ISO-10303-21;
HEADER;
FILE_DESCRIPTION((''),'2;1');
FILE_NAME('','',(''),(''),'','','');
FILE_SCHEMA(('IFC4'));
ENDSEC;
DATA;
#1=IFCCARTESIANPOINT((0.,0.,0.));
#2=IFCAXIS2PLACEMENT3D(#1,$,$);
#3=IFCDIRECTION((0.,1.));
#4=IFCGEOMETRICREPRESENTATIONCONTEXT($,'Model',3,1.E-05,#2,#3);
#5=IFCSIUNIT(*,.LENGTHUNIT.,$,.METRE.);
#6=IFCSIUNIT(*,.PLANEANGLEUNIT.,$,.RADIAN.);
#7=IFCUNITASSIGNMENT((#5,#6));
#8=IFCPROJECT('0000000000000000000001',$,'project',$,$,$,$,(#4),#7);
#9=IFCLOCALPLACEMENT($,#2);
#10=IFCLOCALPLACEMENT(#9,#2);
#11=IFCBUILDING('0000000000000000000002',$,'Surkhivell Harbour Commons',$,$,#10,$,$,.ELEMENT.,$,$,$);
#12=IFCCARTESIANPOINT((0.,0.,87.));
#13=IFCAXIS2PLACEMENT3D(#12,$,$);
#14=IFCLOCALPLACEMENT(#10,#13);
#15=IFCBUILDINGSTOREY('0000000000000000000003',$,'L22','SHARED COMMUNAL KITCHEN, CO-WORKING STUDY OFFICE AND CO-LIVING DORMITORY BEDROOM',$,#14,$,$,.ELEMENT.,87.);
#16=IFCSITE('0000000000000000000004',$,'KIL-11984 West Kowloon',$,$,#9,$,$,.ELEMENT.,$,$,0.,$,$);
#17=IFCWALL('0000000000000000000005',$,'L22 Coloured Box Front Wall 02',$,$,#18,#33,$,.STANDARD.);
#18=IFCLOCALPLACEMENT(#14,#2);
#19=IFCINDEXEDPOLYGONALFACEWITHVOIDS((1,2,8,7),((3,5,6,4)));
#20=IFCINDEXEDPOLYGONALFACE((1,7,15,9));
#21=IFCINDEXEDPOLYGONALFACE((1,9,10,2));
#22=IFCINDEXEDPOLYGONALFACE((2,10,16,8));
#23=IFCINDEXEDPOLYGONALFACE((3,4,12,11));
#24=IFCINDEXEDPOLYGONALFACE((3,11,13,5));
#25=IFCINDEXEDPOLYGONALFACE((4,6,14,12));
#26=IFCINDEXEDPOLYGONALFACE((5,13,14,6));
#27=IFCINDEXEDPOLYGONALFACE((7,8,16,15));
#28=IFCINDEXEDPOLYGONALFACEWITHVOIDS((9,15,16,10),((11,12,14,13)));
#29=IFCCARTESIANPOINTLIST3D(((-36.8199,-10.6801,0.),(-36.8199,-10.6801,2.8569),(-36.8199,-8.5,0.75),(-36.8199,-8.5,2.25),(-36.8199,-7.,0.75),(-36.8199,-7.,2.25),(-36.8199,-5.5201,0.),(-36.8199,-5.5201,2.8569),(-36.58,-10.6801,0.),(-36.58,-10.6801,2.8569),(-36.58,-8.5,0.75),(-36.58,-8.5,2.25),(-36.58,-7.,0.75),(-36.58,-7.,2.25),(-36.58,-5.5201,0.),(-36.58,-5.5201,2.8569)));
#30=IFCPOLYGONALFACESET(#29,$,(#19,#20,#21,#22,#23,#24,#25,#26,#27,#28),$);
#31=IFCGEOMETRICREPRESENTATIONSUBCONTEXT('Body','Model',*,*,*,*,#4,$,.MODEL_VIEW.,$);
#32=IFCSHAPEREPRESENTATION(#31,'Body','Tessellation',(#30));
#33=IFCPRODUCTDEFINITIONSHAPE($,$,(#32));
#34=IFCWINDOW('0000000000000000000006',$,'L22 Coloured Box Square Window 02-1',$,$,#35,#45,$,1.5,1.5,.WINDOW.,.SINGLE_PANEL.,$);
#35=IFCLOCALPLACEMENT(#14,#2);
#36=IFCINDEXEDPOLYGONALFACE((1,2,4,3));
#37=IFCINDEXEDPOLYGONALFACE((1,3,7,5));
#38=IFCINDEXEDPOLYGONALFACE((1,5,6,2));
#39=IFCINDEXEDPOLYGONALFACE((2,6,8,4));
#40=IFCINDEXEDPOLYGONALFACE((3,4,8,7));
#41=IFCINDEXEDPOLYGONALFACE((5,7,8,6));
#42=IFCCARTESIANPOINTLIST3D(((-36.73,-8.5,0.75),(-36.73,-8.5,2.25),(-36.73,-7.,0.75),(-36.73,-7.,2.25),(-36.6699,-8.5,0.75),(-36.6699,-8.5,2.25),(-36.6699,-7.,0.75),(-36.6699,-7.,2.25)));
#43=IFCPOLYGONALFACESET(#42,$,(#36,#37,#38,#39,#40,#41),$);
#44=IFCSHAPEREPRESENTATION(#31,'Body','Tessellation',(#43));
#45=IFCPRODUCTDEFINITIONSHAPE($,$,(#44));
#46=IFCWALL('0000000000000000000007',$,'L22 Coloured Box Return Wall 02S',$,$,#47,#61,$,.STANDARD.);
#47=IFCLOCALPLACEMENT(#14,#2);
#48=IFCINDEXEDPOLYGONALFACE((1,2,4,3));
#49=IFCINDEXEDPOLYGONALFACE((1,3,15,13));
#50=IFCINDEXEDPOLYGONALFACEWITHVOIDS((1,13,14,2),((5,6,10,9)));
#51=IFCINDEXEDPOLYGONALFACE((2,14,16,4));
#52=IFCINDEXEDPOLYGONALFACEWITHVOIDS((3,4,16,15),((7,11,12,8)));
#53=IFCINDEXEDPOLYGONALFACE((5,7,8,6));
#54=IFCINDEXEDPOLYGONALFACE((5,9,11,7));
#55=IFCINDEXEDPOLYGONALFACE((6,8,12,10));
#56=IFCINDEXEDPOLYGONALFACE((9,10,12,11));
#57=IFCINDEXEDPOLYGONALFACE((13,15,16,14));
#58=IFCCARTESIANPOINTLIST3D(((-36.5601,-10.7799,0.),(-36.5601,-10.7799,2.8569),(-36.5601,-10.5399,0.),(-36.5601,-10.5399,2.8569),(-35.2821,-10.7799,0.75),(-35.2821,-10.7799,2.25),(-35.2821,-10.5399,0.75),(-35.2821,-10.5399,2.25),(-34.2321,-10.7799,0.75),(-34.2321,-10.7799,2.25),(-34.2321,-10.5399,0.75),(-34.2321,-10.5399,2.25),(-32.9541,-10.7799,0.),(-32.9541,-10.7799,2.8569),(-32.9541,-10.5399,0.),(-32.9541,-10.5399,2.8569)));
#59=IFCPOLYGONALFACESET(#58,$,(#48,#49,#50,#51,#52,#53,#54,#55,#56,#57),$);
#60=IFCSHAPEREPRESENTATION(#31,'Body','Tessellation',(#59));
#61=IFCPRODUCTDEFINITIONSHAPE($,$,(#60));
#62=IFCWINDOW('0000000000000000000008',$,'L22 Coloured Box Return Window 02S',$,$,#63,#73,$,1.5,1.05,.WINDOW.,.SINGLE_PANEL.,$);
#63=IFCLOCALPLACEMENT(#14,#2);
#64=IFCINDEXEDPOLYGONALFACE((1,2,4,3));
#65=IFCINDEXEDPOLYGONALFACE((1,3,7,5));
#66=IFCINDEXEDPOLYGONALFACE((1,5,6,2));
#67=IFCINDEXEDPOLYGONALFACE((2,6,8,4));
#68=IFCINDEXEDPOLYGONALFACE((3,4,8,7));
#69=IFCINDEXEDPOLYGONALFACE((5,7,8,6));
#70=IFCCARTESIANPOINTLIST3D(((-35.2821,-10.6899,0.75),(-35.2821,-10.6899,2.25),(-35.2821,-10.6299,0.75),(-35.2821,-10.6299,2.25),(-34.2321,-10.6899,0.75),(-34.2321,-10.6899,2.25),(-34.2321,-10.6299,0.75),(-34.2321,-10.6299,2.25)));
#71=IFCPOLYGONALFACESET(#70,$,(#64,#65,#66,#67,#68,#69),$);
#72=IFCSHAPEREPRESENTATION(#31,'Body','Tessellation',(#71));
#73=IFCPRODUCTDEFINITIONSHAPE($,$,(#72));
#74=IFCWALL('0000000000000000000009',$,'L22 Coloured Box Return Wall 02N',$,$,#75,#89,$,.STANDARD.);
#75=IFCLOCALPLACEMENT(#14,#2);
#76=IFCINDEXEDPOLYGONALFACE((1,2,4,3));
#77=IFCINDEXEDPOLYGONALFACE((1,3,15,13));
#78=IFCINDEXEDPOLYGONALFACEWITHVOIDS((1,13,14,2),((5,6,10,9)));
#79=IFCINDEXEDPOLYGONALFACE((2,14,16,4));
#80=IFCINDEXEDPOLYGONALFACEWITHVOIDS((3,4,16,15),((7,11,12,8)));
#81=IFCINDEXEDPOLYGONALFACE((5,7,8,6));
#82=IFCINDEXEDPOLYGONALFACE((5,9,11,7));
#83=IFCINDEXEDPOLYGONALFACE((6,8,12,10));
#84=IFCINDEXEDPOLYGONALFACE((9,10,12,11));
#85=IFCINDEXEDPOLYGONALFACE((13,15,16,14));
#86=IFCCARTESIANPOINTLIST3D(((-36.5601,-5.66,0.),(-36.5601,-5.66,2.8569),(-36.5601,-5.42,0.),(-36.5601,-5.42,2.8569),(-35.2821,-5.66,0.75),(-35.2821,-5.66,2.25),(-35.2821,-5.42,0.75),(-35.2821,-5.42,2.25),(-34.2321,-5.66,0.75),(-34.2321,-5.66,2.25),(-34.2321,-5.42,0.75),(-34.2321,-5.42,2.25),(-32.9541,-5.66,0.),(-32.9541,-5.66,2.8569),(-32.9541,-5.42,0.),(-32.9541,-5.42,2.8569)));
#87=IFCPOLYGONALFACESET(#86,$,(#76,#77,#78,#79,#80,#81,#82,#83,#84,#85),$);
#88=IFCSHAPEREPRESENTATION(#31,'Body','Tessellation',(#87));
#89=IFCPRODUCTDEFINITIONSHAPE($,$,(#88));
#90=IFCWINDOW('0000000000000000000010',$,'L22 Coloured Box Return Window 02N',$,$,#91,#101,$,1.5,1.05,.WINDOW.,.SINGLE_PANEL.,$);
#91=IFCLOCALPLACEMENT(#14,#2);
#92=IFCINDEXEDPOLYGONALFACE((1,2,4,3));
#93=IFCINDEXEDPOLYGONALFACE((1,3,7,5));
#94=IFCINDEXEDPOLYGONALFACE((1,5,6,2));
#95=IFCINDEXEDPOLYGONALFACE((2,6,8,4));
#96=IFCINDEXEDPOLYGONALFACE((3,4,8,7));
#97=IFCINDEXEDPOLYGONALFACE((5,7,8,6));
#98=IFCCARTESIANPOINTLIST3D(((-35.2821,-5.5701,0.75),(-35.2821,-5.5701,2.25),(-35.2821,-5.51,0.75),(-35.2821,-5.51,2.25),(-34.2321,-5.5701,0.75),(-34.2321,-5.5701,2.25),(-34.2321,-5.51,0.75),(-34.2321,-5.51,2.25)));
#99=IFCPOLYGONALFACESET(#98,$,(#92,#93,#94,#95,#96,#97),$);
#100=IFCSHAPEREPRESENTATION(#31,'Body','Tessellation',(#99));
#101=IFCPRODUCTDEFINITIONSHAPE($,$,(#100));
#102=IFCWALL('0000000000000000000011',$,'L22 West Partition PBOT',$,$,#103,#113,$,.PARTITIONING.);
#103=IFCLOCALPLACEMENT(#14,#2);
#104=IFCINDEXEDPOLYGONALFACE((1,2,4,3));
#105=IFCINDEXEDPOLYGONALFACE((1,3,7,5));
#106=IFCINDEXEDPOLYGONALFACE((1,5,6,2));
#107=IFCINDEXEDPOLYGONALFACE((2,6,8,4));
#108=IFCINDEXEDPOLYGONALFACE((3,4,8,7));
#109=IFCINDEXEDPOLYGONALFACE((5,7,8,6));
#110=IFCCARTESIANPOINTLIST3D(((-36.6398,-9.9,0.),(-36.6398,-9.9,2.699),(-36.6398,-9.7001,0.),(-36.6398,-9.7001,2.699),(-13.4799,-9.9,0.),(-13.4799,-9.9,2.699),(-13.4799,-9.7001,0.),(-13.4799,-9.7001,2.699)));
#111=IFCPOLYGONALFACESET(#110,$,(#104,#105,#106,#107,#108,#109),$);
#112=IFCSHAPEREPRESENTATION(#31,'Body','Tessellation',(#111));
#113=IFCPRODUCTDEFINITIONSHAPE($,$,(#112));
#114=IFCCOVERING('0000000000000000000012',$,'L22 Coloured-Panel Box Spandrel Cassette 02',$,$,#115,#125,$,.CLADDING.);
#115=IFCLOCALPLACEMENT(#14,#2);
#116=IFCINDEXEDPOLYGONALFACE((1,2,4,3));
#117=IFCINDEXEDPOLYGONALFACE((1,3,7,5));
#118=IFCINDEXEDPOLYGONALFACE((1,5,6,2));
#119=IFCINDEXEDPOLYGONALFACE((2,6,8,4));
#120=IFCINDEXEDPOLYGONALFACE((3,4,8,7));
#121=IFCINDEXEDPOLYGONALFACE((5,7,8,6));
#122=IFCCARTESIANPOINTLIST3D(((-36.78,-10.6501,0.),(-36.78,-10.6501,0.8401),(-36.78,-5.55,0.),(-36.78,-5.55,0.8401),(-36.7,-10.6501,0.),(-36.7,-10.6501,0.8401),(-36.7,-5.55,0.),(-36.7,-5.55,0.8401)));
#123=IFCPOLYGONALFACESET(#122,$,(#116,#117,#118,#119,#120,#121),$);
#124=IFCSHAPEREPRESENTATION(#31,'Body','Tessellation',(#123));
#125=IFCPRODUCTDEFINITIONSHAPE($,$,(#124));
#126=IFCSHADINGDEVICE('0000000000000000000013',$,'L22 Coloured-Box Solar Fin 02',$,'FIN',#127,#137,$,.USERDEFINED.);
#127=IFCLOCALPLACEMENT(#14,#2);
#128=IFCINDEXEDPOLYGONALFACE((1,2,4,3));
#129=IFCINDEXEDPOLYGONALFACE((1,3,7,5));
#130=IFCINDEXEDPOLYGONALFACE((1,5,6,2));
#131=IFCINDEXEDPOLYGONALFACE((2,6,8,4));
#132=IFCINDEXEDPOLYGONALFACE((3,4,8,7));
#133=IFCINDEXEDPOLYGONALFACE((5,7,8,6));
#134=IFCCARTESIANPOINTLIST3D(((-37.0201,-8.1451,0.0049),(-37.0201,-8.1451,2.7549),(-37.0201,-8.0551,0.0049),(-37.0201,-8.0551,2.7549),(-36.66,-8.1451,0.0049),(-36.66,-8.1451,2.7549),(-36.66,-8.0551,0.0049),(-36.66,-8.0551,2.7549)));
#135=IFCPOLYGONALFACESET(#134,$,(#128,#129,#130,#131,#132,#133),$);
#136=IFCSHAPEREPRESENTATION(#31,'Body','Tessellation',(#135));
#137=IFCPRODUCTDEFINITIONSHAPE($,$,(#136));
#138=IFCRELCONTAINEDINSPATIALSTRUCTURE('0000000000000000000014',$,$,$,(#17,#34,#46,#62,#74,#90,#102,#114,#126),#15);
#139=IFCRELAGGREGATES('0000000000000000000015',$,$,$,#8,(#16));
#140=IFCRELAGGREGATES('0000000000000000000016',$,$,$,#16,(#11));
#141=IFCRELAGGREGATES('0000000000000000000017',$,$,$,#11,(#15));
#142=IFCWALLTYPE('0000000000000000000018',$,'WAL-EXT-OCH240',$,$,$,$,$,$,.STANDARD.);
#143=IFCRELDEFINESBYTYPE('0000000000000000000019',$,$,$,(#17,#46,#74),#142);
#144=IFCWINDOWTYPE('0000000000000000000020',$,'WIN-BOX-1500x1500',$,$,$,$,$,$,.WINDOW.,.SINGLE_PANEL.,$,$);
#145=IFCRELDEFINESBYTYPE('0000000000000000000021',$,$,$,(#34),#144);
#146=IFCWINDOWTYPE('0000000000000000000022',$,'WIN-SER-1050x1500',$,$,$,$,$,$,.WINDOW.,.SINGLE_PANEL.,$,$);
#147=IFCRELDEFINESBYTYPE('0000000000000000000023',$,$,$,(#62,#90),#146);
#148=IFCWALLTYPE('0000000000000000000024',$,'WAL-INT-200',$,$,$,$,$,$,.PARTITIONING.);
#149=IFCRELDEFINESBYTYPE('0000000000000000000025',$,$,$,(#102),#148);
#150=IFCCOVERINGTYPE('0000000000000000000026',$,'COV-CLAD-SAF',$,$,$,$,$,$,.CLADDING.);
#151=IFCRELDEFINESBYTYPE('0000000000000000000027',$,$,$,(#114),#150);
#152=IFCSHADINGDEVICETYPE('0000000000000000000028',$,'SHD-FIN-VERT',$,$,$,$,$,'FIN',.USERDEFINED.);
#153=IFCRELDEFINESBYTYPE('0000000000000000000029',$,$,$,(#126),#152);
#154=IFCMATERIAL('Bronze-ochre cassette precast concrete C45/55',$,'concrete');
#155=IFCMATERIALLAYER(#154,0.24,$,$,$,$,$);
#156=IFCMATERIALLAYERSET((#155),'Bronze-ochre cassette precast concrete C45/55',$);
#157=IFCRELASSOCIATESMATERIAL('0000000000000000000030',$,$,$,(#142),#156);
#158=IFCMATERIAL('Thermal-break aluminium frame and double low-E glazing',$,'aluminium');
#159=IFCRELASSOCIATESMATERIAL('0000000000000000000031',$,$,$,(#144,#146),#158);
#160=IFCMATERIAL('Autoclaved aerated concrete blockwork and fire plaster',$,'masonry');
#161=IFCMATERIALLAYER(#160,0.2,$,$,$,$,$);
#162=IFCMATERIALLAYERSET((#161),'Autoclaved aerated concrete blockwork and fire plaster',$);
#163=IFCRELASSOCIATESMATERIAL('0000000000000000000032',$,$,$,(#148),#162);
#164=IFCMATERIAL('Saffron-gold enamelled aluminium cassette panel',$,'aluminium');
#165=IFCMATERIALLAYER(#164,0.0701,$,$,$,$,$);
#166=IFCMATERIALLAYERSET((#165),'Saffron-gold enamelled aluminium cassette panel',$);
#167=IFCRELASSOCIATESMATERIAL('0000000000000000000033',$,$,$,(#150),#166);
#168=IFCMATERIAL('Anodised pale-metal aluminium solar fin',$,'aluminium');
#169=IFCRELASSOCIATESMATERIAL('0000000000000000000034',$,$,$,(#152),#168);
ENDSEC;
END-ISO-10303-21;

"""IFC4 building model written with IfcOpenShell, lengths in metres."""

from ifc_helpers import new_model, si_unit, direction, frame, frame_2d, origin, origin_2d, place, context, subcontext, project, spatial, rectangle, extrude, material, layer, layer_set, type_object, element, fill, save


model = new_model("IFC4")

# Units and contexts
model_context = context("Model", 3, precision=1e-05, world=origin(), true_north=direction((0.0, 1.0)))
body_context = subcontext(model_context, "Body", "Model", "MODEL_VIEW")
ifc_project = project(units=[si_unit("LENGTHUNIT", "METRE"), si_unit("PLANEANGLEUNIT", "RADIAN")], contexts=[model_context])

# Site, building, storey
site_placement = place(None, origin())
site = spatial("IfcSite", under=ifc_project, at=site_placement, Name="KIL-11984 West Kowloon", CompositionType="ELEMENT", RefElevation=0.0)
building_placement = place(site_placement, origin())
building = spatial("IfcBuilding", under=site, at=building_placement, Name="Surkhivell Harbour Commons", CompositionType="ELEMENT")
storey_placement = place(building_placement, frame((0.0, 0.0, 87.0)))
storey = spatial("IfcBuildingStorey", under=building, at=storey_placement, Name="L22", Description="SHARED COMMUNAL KITCHEN, CO-WORKING STUDY OFFICE AND CO-LIVING DORMITORY BEDROOM", CompositionType="ELEMENT", Elevation=87.0)

# Walls, openings, windows
ifc_material_1 = material(Name="Bronze-ochre cassette precast concrete C45/55", Category="concrete")
ifc_layer_1 = layer(ifc_material_1, 0.24)
ifc_layer_set_1 = layer_set([ifc_layer_1], Name="Bronze-ochre cassette precast concrete C45/55")
wall_type_1 = type_object("IfcWallType", Name="WAL-EXT-OCH240", PredefinedType="STANDARD", material=ifc_layer_set_1)
wall_1_placement = place(storey_placement, frame((-36.7, -5.52, 0.0), z_axis=(0.0, 0.0, 1.0), x_axis=(0.0, -1.0, 0.0)))
wall_1 = element("IfcWall", 1, at=wall_1_placement, inside=storey, type_object=wall_type_1, Name="L22 Coloured Box Front Wall 02", PredefinedType="STANDARD", context=body_context, shape_type="SweptSolid", body=[
    extrude(rectangle(XDim=5.1599, YDim=0.24, at=frame_2d((2.5801, 0.0))), origin(), (0.0, 0.0, 1.0), 2.8569),
])
opening_1_placement = place(wall_1_placement, frame((1.48, 0.0, 0.75)))
opening_1 = element("IfcOpeningElement", 2, at=opening_1_placement, cuts=wall_1, PredefinedType="OPENING", context=body_context, shape_type="SweptSolid", body=[
    extrude(rectangle(XDim=1.5, YDim=1.5, at=frame_2d((0.75, 0.75))), frame((0.0, 0.1299, 0.0), z_axis=(0.0, -1.0, 0.0), x_axis=(1.0, 0.0, 0.0)), (0.0, 0.0, 1.0), 0.26),
])
ifc_material_2 = material(Name="Thermal-break aluminium frame and double low-E glazing", Category="aluminium")
window_type_1 = type_object("IfcWindowType", Name="WIN-BOX-1500x1500", PartitioningType="SINGLE_PANEL", PredefinedType="WINDOW", material=ifc_material_2)
window_1_placement = place(opening_1_placement, origin())
window_1 = element("IfcWindow", 3, at=window_1_placement, inside=storey, type_object=window_type_1, Name="L22 Coloured Box Square Window 02-1", OverallHeight=1.5, OverallWidth=1.5, PartitioningType="SINGLE_PANEL", PredefinedType="WINDOW", context=body_context, shape_type="SweptSolid", body=[
    extrude(rectangle(XDim=1.5, YDim=1.5, at=frame_2d((0.75, 0.75))), frame((0.0, 0.03, 0.0), z_axis=(0.0, -1.0, 0.0), x_axis=(1.0, 0.0, 0.0)), (0.0, 0.0, 1.0), 0.0601),
])
fill(opening_1, window_1)
wall_2_placement = place(storey_placement, frame((-36.5601, -10.6599, 0.0), z_axis=(0.0, 0.0, 1.0), x_axis=(1.0, 0.0, 0.0)))
wall_2 = element("IfcWall", 4, at=wall_2_placement, inside=storey, type_object=wall_type_1, Name="L22 Coloured Box Return Wall 02S", PredefinedType="STANDARD", context=body_context, shape_type="SweptSolid", body=[
    extrude(rectangle(XDim=3.606, YDim=0.24, at=frame_2d((1.803, 0.0))), origin(), (0.0, 0.0, 1.0), 2.8569),
])
opening_2_placement = place(wall_2_placement, frame((1.2781, 0.0, 0.75)))
opening_2 = element("IfcOpeningElement", 5, at=opening_2_placement, cuts=wall_2, PredefinedType="OPENING", context=body_context, shape_type="SweptSolid", body=[
    extrude(rectangle(XDim=1.05, YDim=1.5, at=frame_2d((0.5249, 0.75))), frame((0.0, 0.1299, 0.0), z_axis=(0.0, -1.0, 0.0), x_axis=(1.0, 0.0, 0.0)), (0.0, 0.0, 1.0), 0.26),
])
window_type_2 = type_object("IfcWindowType", Name="WIN-SER-1050x1500", PartitioningType="SINGLE_PANEL", PredefinedType="WINDOW", material=ifc_material_2)
window_2_placement = place(opening_2_placement, origin())
window_2 = element("IfcWindow", 6, at=window_2_placement, inside=storey, type_object=window_type_2, Name="L22 Coloured Box Return Window 02S", OverallHeight=1.5, OverallWidth=1.05, PartitioningType="SINGLE_PANEL", PredefinedType="WINDOW", context=body_context, shape_type="SweptSolid", body=[
    extrude(rectangle(XDim=1.05, YDim=1.5, at=frame_2d((0.5249, 0.75))), frame((0.0, 0.03, 0.0), z_axis=(0.0, -1.0, 0.0), x_axis=(1.0, 0.0, 0.0)), (0.0, 0.0, 1.0), 0.0601),
])
fill(opening_2, window_2)
wall_3_placement = place(storey_placement, frame((-36.5601, -5.54, 0.0), z_axis=(0.0, 0.0, 1.0), x_axis=(1.0, 0.0, 0.0)))
wall_3 = element("IfcWall", 7, at=wall_3_placement, inside=storey, type_object=wall_type_1, Name="L22 Coloured Box Return Wall 02N", PredefinedType="STANDARD", context=body_context, shape_type="SweptSolid", body=[
    extrude(rectangle(XDim=3.606, YDim=0.24, at=frame_2d((1.803, 0.0))), origin(), (0.0, 0.0, 1.0), 2.8569),
])
opening_3_placement = place(wall_3_placement, frame((1.2781, 0.0, 0.75)))
opening_3 = element("IfcOpeningElement", 8, at=opening_3_placement, cuts=wall_3, PredefinedType="OPENING", context=body_context, shape_type="SweptSolid", body=[
    extrude(rectangle(XDim=1.05, YDim=1.5, at=frame_2d((0.5249, 0.75))), frame((0.0, 0.1299, 0.0), z_axis=(0.0, -1.0, 0.0), x_axis=(1.0, 0.0, 0.0)), (0.0, 0.0, 1.0), 0.26),
])
window_3_placement = place(opening_3_placement, origin())
window_3 = element("IfcWindow", 9, at=window_3_placement, inside=storey, type_object=window_type_2, Name="L22 Coloured Box Return Window 02N", OverallHeight=1.5, OverallWidth=1.05, PartitioningType="SINGLE_PANEL", PredefinedType="WINDOW", context=body_context, shape_type="SweptSolid", body=[
    extrude(rectangle(XDim=1.05, YDim=1.5, at=frame_2d((0.5249, 0.75))), frame((0.0, 0.03, 0.0), z_axis=(0.0, -1.0, 0.0), x_axis=(1.0, 0.0, 0.0)), (0.0, 0.0, 1.0), 0.0601),
])
fill(opening_3, window_3)

# Wall
ifc_material_3 = material(Name="Autoclaved aerated concrete blockwork and fire plaster", Category="masonry")
ifc_layer_2 = layer(ifc_material_3, 0.2)
ifc_layer_set_2 = layer_set([ifc_layer_2], Name="Autoclaved aerated concrete blockwork and fire plaster")
wall_type_2 = type_object("IfcWallType", Name="WAL-INT-200", PredefinedType="PARTITIONING", material=ifc_layer_set_2)
wall_4_placement = place(storey_placement, frame((-36.6399, -9.8, 0.0), z_axis=(0.0, 0.0, 1.0), x_axis=(1.0, 0.0, 0.0)))
element("IfcWall", 10, at=wall_4_placement, inside=storey, type_object=wall_type_2, Name="L22 West Partition PBOT", PredefinedType="PARTITIONING", context=body_context, shape_type="SweptSolid", body=[
    extrude(rectangle(XDim=23.1599, YDim=0.2, at=frame_2d((11.5801, 0.0))), origin(), (0.0, 0.0, 1.0), 2.699),
])

# Covering
ifc_material_4 = material(Name="Saffron-gold enamelled aluminium cassette panel", Category="aluminium")
ifc_layer_3 = layer(ifc_material_4, 0.0701)
ifc_layer_set_3 = layer_set([ifc_layer_3], Name="Saffron-gold enamelled aluminium cassette panel")
covering_type = type_object("IfcCoveringType", Name="COV-CLAD-SAF", PredefinedType="CLADDING", material=ifc_layer_set_3)
covering_placement = place(storey_placement, frame((-36.74, -8.1001, 0.0), z_axis=(0.0, 0.0, 1.0), x_axis=(1.0, 0.0, 0.0)))
element("IfcCovering", 11, at=covering_placement, inside=storey, type_object=covering_type, Name="L22 Coloured-Panel Box Spandrel Cassette 02", PredefinedType="CLADDING", context=body_context, shape_type="SweptSolid", body=[
    extrude(rectangle(XDim=0.0801, YDim=5.1001, at=origin_2d()), origin(), (0.0, 0.0, 1.0), 0.8401),
])

# Shading device
ifc_material_5 = material(Name="Anodised pale-metal aluminium solar fin", Category="aluminium")
shading_device_type = type_object("IfcShadingDeviceType", Name="SHD-FIN-VERT", ElementType="FIN", PredefinedType="USERDEFINED", material=ifc_material_5)
shading_device_placement = place(storey_placement, frame((-36.8401, -8.1001, 0.0049), z_axis=(0.0, 0.0, 1.0), x_axis=(1.0, 0.0, 0.0)))
element("IfcShadingDevice", 12, at=shading_device_placement, inside=storey, type_object=shading_device_type, Name="L22 Coloured-Box Solar Fin 02", ObjectType="FIN", PredefinedType="USERDEFINED", context=body_context, shape_type="SweptSolid", body=[
    extrude(rectangle(XDim=0.3601, YDim=0.0901, at=origin_2d()), origin(), (0.0, 0.0, 1.0), 2.75),
])

save(model, "model.ifc")
